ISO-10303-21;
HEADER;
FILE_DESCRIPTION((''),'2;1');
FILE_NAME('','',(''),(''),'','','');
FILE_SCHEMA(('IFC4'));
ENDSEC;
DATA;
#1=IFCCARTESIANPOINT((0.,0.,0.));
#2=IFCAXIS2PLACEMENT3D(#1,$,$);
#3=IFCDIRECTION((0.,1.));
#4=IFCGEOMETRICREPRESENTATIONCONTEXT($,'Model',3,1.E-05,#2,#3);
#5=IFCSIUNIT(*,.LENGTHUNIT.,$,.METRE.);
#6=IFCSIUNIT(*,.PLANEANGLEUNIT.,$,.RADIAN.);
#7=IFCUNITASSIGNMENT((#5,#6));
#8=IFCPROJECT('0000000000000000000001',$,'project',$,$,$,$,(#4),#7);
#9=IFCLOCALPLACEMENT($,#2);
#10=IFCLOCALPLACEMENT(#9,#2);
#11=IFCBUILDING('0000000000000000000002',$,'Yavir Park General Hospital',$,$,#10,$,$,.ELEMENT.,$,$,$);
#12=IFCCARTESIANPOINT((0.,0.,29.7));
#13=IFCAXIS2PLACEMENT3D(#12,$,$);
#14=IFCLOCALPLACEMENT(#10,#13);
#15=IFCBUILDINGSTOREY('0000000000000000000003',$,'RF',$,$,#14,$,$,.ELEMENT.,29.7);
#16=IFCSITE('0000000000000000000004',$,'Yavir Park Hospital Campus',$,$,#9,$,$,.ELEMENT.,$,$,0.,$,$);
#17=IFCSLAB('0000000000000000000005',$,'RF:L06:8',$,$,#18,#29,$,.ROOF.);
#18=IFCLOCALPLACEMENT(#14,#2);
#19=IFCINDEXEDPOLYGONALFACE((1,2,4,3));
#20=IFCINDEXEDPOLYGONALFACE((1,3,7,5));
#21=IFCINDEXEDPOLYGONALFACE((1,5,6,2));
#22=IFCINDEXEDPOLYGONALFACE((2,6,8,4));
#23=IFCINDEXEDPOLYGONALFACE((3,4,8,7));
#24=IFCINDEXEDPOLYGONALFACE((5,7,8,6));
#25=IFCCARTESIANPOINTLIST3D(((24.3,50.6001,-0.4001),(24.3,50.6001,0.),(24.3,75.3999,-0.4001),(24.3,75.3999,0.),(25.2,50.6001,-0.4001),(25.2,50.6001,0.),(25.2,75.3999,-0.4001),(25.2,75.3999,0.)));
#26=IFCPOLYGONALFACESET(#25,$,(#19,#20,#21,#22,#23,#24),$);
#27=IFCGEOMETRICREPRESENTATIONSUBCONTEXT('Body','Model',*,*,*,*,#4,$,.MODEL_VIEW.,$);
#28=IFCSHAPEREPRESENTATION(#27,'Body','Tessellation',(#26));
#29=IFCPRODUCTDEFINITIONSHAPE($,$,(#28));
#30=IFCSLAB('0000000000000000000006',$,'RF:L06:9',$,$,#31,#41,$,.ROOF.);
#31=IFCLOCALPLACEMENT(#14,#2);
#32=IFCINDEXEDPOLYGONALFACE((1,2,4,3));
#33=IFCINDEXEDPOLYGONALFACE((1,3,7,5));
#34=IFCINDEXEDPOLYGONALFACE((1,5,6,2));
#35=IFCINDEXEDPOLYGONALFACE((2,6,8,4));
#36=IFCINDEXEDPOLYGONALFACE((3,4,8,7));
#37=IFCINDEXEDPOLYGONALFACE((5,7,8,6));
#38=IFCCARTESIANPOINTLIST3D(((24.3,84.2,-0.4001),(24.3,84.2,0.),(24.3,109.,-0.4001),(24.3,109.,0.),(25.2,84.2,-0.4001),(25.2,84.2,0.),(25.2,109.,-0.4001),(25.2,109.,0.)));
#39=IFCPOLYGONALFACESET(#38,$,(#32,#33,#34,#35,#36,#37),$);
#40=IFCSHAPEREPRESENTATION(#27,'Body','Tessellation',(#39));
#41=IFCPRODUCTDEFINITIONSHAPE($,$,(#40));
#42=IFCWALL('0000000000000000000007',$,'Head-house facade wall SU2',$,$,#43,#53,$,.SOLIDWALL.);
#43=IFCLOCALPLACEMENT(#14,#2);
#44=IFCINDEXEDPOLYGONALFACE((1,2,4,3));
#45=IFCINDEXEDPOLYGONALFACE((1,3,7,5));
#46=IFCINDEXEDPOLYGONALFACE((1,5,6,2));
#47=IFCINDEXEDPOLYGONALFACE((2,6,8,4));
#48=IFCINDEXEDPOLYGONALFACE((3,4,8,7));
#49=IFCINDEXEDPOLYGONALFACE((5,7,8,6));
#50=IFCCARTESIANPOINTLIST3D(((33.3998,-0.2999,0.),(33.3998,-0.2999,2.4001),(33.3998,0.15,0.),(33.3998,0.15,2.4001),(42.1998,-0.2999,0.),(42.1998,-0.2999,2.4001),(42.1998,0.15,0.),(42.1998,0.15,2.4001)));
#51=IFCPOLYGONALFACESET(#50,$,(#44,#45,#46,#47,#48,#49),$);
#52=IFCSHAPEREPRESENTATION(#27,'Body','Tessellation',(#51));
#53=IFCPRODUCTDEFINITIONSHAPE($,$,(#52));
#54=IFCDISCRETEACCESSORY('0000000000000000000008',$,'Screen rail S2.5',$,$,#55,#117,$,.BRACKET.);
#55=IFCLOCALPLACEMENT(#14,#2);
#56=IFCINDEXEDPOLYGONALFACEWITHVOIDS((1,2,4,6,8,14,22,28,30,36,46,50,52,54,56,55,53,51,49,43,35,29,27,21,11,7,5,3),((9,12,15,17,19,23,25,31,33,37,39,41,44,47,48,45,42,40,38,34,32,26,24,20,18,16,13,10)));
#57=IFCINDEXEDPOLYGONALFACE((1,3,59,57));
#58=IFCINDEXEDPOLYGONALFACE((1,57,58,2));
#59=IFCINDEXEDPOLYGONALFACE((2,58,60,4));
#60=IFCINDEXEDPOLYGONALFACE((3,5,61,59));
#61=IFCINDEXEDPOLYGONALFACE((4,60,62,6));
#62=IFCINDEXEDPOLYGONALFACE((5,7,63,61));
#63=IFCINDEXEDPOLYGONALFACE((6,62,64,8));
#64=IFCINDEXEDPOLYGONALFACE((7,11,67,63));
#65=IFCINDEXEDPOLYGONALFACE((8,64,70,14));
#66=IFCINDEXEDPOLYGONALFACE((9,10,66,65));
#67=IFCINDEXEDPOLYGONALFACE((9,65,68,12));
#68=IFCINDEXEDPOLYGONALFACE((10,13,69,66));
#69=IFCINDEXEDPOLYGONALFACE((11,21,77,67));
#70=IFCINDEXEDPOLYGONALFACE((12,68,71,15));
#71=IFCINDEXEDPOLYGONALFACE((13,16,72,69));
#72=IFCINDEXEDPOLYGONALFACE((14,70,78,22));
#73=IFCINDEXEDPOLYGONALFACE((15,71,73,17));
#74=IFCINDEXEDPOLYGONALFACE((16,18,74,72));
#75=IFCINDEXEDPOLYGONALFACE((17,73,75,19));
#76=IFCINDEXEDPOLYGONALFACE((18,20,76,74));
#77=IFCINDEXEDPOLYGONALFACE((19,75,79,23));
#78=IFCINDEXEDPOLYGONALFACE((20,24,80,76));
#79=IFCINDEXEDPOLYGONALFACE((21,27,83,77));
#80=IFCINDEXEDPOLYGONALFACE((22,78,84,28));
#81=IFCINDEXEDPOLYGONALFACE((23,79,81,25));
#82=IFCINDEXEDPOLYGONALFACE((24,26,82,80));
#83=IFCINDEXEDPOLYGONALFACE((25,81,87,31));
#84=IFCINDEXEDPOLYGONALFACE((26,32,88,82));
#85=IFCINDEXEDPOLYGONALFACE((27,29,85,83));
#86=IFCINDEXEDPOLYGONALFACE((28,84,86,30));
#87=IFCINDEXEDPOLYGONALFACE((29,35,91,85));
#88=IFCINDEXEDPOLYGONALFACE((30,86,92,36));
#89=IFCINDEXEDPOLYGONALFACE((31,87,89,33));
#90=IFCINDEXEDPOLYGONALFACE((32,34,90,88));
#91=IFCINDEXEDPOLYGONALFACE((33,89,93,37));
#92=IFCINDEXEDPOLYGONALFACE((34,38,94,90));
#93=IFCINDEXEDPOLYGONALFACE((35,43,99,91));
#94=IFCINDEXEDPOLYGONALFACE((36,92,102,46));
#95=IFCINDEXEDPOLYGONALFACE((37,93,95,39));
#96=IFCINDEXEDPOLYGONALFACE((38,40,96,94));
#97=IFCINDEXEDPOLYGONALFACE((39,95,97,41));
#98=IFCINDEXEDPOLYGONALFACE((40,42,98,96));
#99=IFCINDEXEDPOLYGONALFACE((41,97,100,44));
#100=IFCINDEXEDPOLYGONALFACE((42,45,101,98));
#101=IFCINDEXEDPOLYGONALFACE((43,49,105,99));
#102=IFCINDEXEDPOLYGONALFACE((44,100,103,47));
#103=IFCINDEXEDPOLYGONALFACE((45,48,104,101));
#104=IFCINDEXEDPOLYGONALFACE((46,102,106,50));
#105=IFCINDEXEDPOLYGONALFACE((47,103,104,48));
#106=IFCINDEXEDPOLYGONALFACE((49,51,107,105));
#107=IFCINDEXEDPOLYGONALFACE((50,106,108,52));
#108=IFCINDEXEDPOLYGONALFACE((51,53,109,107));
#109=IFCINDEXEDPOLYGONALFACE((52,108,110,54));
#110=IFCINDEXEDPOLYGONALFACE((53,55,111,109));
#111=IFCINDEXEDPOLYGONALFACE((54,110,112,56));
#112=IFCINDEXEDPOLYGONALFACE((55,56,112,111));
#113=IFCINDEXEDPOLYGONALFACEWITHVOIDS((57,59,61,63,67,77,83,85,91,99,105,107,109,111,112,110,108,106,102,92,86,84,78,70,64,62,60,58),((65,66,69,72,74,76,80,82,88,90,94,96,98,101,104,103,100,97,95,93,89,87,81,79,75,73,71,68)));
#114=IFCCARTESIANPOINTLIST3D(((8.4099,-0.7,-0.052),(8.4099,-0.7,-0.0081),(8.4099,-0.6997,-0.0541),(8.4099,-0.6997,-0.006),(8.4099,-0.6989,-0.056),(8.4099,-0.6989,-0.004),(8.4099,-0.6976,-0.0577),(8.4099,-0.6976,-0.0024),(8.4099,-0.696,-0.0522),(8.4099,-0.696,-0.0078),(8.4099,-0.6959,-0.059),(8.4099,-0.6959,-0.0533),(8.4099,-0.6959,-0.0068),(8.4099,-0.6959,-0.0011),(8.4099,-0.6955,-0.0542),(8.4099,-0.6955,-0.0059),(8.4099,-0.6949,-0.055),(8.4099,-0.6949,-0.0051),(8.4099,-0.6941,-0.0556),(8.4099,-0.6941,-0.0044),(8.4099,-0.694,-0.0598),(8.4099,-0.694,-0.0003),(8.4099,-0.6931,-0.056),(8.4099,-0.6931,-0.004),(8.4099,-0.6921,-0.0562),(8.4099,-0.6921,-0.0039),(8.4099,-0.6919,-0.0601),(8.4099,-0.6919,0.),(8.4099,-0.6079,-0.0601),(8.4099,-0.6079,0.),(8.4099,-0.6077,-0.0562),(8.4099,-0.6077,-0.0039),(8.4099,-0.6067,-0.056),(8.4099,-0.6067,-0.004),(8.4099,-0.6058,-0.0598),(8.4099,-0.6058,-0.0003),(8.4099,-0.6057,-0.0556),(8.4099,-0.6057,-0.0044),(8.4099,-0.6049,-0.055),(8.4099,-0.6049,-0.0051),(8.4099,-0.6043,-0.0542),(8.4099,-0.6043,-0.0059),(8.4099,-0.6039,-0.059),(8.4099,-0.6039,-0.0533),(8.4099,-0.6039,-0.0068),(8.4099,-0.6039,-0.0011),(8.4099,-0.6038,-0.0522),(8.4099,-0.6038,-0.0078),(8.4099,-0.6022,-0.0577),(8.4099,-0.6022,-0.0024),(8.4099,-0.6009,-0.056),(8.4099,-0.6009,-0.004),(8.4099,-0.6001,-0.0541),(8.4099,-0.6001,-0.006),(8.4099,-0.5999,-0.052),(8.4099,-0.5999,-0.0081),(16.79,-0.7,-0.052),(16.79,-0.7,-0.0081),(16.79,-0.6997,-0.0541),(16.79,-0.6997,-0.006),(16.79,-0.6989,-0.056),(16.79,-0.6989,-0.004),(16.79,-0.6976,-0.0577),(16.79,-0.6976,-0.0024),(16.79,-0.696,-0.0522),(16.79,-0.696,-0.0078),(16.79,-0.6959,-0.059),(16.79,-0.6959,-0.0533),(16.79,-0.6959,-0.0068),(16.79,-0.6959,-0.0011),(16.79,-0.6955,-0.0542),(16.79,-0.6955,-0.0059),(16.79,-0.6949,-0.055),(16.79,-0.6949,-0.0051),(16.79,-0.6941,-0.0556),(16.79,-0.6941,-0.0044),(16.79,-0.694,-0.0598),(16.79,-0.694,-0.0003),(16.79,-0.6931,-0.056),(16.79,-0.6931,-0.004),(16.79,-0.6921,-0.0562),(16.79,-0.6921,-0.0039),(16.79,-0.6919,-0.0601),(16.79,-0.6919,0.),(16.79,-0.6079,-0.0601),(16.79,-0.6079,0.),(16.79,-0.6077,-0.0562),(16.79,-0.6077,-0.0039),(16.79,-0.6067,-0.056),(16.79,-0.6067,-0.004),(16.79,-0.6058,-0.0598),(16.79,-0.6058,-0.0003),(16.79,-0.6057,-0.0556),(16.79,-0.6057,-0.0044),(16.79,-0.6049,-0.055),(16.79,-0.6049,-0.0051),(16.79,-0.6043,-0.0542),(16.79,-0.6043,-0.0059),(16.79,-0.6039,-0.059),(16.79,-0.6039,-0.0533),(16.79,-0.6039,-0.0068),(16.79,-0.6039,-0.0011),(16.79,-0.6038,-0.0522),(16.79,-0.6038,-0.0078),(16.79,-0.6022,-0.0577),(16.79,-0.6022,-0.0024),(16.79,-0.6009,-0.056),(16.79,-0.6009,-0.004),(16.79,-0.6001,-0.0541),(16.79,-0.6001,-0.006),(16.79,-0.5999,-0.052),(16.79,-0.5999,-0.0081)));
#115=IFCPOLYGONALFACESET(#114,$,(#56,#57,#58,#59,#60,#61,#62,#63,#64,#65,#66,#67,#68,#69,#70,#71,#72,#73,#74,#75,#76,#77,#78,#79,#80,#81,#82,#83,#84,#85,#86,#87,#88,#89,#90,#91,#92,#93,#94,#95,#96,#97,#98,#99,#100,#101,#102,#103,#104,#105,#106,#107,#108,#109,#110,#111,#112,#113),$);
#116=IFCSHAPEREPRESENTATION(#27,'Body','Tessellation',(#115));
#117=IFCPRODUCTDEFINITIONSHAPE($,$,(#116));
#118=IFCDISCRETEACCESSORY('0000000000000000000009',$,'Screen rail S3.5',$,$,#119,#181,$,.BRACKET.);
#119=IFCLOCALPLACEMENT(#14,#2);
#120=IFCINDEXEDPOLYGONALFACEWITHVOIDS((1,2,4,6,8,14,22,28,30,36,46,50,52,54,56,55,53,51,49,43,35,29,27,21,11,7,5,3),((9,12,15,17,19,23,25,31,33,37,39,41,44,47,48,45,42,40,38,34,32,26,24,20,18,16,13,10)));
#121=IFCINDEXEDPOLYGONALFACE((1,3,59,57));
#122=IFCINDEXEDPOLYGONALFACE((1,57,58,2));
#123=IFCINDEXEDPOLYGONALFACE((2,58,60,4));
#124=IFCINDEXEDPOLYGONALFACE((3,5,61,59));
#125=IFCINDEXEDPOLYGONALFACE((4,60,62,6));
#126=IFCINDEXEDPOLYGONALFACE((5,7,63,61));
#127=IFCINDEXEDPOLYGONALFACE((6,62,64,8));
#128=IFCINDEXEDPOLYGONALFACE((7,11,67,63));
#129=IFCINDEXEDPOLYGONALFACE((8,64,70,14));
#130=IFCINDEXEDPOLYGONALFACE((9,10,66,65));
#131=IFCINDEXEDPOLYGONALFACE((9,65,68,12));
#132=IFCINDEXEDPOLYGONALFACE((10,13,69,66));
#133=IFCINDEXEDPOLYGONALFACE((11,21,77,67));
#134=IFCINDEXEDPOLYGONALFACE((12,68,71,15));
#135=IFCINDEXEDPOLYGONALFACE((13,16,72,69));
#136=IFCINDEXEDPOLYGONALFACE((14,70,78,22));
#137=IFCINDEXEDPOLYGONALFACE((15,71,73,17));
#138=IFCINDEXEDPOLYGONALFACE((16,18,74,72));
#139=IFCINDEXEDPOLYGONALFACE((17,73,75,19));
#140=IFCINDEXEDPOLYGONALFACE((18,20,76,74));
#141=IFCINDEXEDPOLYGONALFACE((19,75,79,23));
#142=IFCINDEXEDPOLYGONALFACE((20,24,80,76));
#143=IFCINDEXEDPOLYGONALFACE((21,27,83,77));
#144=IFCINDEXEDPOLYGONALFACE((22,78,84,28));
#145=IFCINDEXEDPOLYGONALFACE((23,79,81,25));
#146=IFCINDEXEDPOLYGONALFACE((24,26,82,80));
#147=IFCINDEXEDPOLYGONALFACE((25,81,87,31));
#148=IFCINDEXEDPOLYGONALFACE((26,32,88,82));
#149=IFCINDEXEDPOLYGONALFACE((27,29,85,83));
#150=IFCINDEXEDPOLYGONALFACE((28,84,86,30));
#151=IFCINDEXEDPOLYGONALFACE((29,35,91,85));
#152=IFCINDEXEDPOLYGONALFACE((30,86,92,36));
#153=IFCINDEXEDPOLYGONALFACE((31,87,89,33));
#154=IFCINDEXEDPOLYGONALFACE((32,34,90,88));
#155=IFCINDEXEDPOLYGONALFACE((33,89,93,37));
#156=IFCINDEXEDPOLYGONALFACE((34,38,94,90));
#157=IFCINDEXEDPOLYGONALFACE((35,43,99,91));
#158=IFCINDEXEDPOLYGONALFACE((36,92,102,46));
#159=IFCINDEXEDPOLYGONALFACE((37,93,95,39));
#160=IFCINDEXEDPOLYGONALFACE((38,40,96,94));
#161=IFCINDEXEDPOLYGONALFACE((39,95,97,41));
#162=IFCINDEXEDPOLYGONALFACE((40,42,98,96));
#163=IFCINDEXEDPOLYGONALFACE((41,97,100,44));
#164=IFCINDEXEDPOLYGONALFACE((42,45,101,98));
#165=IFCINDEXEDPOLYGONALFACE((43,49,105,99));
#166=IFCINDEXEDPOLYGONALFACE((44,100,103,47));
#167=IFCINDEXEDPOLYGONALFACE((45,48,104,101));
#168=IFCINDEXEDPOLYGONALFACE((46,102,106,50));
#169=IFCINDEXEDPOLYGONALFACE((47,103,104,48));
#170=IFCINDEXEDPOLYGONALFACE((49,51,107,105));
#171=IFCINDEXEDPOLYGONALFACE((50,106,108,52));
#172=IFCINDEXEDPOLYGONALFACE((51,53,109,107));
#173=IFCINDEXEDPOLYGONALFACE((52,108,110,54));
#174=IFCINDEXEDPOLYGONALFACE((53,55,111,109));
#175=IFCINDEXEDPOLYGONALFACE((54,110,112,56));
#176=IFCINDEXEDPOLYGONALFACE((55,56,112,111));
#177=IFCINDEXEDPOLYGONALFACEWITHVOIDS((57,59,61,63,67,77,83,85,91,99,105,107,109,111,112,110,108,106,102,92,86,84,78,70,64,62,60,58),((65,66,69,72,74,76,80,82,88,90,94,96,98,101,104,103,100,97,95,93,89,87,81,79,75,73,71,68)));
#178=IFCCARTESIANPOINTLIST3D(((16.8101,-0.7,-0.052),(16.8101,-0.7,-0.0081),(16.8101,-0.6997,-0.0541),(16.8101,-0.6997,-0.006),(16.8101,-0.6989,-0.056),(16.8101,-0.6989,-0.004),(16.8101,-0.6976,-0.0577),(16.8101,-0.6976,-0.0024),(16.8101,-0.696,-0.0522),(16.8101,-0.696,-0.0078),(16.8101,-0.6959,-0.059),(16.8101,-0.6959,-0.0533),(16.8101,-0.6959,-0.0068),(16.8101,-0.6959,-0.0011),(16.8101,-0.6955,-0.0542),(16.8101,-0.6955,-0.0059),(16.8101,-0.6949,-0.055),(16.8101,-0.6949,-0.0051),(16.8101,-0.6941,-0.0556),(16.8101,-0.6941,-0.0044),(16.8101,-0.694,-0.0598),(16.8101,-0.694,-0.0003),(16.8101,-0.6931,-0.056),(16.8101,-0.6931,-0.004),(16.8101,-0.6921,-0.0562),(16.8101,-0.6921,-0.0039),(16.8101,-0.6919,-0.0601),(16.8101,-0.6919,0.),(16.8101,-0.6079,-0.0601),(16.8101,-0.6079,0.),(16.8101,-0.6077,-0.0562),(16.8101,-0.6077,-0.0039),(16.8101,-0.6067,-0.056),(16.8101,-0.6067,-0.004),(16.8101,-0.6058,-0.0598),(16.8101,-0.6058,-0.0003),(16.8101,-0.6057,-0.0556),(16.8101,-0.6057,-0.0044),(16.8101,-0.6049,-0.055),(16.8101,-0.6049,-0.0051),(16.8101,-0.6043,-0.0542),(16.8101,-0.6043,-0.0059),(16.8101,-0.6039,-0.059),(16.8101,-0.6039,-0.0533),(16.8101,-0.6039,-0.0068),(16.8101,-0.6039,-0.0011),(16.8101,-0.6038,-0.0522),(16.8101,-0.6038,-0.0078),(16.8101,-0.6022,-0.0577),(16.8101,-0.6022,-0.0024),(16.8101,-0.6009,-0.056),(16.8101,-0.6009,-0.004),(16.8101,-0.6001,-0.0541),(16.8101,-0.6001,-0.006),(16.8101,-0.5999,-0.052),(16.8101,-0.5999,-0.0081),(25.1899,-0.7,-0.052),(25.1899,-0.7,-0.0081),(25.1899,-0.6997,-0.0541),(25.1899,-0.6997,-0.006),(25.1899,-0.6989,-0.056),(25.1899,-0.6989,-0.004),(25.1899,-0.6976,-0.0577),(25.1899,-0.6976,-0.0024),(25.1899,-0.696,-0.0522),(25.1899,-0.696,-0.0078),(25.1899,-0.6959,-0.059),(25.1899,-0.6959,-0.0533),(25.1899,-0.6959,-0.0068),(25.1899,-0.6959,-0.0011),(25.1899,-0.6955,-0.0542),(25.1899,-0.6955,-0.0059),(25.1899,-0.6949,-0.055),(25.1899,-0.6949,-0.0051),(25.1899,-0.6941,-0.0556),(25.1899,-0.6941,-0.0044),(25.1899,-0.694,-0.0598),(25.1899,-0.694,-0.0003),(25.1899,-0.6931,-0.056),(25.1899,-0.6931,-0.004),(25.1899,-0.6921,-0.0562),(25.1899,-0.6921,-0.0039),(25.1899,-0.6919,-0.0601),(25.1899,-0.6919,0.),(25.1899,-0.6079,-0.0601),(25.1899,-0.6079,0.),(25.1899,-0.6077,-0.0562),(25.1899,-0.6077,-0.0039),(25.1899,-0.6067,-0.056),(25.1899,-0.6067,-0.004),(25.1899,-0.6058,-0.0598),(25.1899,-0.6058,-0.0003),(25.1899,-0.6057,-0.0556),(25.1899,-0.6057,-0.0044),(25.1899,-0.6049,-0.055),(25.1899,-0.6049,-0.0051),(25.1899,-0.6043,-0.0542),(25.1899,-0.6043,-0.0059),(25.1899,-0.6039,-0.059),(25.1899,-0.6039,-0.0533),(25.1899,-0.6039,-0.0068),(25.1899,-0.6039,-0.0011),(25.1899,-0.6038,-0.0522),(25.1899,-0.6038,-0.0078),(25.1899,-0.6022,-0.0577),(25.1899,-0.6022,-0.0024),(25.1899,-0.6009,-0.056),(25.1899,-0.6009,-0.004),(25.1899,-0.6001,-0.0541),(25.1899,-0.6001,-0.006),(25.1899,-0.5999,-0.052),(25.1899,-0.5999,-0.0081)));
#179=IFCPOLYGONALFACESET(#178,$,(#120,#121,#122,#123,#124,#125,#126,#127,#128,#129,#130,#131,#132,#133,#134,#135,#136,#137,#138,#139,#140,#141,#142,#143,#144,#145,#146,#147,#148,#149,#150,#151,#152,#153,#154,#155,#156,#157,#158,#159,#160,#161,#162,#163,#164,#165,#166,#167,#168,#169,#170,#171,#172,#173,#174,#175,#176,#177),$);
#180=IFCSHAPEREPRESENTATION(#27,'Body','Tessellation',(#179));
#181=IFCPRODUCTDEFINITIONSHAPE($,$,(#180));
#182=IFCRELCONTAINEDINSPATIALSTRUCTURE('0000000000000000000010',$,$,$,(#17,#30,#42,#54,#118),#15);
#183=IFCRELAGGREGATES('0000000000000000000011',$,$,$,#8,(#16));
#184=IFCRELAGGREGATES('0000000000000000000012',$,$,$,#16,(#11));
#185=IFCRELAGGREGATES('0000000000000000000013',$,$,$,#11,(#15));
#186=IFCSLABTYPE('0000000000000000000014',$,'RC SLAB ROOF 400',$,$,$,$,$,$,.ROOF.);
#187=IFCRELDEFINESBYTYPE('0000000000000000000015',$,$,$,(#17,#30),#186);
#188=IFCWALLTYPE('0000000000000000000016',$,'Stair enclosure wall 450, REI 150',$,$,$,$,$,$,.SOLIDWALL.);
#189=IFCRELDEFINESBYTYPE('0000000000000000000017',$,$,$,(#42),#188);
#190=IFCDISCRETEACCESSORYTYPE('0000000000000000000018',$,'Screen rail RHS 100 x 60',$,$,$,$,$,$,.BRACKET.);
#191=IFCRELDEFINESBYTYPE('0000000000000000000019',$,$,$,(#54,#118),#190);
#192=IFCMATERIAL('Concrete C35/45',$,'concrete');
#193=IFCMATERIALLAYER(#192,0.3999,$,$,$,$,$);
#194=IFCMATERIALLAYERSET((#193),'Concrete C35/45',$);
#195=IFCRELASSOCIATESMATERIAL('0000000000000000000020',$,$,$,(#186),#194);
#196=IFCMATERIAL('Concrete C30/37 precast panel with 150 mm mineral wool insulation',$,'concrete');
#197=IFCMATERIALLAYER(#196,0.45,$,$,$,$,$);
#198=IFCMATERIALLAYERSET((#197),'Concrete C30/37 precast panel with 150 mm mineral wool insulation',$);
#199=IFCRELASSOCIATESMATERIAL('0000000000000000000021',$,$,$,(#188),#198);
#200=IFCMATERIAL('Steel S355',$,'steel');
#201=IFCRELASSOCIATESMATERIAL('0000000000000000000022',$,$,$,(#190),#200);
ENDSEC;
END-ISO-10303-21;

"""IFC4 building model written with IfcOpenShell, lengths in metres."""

from ifc_helpers import new_model, si_unit, direction, frame, frame_2d, origin, origin_2d, place, context, subcontext, project, spatial, polyline, rectangle, hollow_rectangle, outline, extrude, material, layer, layer_set, material_profile, profile_set, type_object, element, save


model = new_model("IFC4")

# Units and contexts
model_context = context("Model", 3, precision=1e-05, world=origin(), true_north=direction((0.0, 1.0)))
body_context = subcontext(model_context, "Body", "Model", "MODEL_VIEW")
ifc_project = project(units=[si_unit("LENGTHUNIT", "METRE"), si_unit("PLANEANGLEUNIT", "RADIAN")], contexts=[model_context])

# Site, building, storey
site_placement = place(None, origin())
site = spatial("IfcSite", under=ifc_project, at=site_placement, Name="Yavir Park Hospital Campus", CompositionType="ELEMENT", RefElevation=0.0)
building_placement = place(site_placement, origin())
building = spatial("IfcBuilding", under=site, at=building_placement, Name="Yavir Park General Hospital", CompositionType="ELEMENT")
storey_placement = place(building_placement, frame((0.0, 0.0, 29.7)))
storey = spatial("IfcBuildingStorey", under=building, at=storey_placement, Name="RF", CompositionType="ELEMENT", Elevation=29.7)

# Slabs
ifc_material_1 = material(Name="Concrete C35/45", Category="concrete")
ifc_layer_1 = layer(ifc_material_1, 0.3999)
ifc_layer_set_1 = layer_set([ifc_layer_1], Name="Concrete C35/45")
slab_type_1 = type_object("IfcSlabType", Name="RC SLAB ROOF 400", PredefinedType="ROOF", material=ifc_layer_set_1)
slab_1_placement = place(storey_placement, frame((0.0, 0.0, -0.4001)))
element("IfcSlab", 1, at=slab_1_placement, inside=storey, type_object=slab_type_1, Name="RF:L06:8", PredefinedType="ROOF", context=body_context, shape_type="SweptSolid", body=[
    extrude(outline(polyline([(25.2, 50.6001), (25.2, 75.3999), (24.3, 75.3999), (24.3, 50.6001), (25.2, 50.6001)])), origin(), (0.0, 0.0, 1.0), 0.4001),
])
slab_2_placement = place(storey_placement, frame((0.0, 0.0, -0.4001)))
element("IfcSlab", 2, at=slab_2_placement, inside=storey, type_object=slab_type_1, Name="RF:L06:9", PredefinedType="ROOF", context=body_context, shape_type="SweptSolid", body=[
    extrude(outline(polyline([(25.2, 84.2), (25.2, 109.0), (24.3, 109.0), (24.3, 84.2), (25.2, 84.2)])), origin(), (0.0, 0.0, 1.0), 0.4001),
])

# Wall
ifc_material_2 = material(Name="Concrete C30/37 precast panel with 150 mm mineral wool insulation", Category="concrete")
ifc_layer_2 = layer(ifc_material_2, 0.45)
ifc_layer_set_2 = layer_set([ifc_layer_2], Name="Concrete C30/37 precast panel with 150 mm mineral wool insulation")
wall_type = type_object("IfcWallType", Name="Stair enclosure wall 450, REI 150", PredefinedType="SOLIDWALL", material=ifc_layer_set_2)
wall_placement = place(storey_placement, frame((33.3999, -0.075, 0.0), z_axis=(0.0, 0.0, 1.0), x_axis=(1.0, 0.0, 0.0)))
element("IfcWall", 3, at=wall_placement, inside=storey, type_object=wall_type, Name="Head-house facade wall SU2", PredefinedType="SOLIDWALL", context=body_context, shape_type="SweptSolid", body=[
    extrude(rectangle(XDim=8.8, YDim=0.45, at=frame_2d((4.3999, 0.0))), origin(), (0.0, 0.0, 1.0), 2.4001),
])

# Discrete accessories
ifc_material_3 = material(Name="Steel S355", Category="steel")
ifc_material_profile = material_profile(ifc_material_3, hollow_rectangle(XDim=0.1001, YDim=0.0601, WallThickness=0.0039, InnerFilletRadius=0.0039, OuterFilletRadius=0.0081, at=origin_2d()), Name="RHS60x100x4")
ifc_profile_set = profile_set([ifc_material_profile], Name="Steel S355")
discrete_accessory_type = type_object("IfcDiscreteAccessoryType", Name="Screen rail RHS 100 x 60", PredefinedType="BRACKET", material=ifc_profile_set)
discrete_accessory_1_placement = place(storey_placement, frame((8.4099, -0.6499, -0.03), z_axis=(1.0, 0.0, 0.0), x_axis=(0.0, 1.0, 0.0)))
element("IfcDiscreteAccessory", 4, at=discrete_accessory_1_placement, inside=storey, type_object=discrete_accessory_type, Name="Screen rail S2.5", PredefinedType="BRACKET", context=body_context, shape_type="SweptSolid", body=[
    extrude(hollow_rectangle(XDim=0.1001, YDim=0.0601, WallThickness=0.0039, InnerFilletRadius=0.0039, OuterFilletRadius=0.0081, at=origin_2d()), origin(), (0.0, 0.0, 1.0), 8.3801),
])
discrete_accessory_2_placement = place(storey_placement, frame((16.8101, -0.6499, -0.03), z_axis=(1.0, 0.0, 0.0), x_axis=(0.0, 1.0, 0.0)))
element("IfcDiscreteAccessory", 5, at=discrete_accessory_2_placement, inside=storey, type_object=discrete_accessory_type, Name="Screen rail S3.5", PredefinedType="BRACKET", context=body_context, shape_type="SweptSolid", body=[
    extrude(hollow_rectangle(XDim=0.1001, YDim=0.0601, WallThickness=0.0039, InnerFilletRadius=0.0039, OuterFilletRadius=0.0081, at=origin_2d()), origin(), (0.0, 0.0, 1.0), 8.3799),
])

save(model, "model.ifc")
